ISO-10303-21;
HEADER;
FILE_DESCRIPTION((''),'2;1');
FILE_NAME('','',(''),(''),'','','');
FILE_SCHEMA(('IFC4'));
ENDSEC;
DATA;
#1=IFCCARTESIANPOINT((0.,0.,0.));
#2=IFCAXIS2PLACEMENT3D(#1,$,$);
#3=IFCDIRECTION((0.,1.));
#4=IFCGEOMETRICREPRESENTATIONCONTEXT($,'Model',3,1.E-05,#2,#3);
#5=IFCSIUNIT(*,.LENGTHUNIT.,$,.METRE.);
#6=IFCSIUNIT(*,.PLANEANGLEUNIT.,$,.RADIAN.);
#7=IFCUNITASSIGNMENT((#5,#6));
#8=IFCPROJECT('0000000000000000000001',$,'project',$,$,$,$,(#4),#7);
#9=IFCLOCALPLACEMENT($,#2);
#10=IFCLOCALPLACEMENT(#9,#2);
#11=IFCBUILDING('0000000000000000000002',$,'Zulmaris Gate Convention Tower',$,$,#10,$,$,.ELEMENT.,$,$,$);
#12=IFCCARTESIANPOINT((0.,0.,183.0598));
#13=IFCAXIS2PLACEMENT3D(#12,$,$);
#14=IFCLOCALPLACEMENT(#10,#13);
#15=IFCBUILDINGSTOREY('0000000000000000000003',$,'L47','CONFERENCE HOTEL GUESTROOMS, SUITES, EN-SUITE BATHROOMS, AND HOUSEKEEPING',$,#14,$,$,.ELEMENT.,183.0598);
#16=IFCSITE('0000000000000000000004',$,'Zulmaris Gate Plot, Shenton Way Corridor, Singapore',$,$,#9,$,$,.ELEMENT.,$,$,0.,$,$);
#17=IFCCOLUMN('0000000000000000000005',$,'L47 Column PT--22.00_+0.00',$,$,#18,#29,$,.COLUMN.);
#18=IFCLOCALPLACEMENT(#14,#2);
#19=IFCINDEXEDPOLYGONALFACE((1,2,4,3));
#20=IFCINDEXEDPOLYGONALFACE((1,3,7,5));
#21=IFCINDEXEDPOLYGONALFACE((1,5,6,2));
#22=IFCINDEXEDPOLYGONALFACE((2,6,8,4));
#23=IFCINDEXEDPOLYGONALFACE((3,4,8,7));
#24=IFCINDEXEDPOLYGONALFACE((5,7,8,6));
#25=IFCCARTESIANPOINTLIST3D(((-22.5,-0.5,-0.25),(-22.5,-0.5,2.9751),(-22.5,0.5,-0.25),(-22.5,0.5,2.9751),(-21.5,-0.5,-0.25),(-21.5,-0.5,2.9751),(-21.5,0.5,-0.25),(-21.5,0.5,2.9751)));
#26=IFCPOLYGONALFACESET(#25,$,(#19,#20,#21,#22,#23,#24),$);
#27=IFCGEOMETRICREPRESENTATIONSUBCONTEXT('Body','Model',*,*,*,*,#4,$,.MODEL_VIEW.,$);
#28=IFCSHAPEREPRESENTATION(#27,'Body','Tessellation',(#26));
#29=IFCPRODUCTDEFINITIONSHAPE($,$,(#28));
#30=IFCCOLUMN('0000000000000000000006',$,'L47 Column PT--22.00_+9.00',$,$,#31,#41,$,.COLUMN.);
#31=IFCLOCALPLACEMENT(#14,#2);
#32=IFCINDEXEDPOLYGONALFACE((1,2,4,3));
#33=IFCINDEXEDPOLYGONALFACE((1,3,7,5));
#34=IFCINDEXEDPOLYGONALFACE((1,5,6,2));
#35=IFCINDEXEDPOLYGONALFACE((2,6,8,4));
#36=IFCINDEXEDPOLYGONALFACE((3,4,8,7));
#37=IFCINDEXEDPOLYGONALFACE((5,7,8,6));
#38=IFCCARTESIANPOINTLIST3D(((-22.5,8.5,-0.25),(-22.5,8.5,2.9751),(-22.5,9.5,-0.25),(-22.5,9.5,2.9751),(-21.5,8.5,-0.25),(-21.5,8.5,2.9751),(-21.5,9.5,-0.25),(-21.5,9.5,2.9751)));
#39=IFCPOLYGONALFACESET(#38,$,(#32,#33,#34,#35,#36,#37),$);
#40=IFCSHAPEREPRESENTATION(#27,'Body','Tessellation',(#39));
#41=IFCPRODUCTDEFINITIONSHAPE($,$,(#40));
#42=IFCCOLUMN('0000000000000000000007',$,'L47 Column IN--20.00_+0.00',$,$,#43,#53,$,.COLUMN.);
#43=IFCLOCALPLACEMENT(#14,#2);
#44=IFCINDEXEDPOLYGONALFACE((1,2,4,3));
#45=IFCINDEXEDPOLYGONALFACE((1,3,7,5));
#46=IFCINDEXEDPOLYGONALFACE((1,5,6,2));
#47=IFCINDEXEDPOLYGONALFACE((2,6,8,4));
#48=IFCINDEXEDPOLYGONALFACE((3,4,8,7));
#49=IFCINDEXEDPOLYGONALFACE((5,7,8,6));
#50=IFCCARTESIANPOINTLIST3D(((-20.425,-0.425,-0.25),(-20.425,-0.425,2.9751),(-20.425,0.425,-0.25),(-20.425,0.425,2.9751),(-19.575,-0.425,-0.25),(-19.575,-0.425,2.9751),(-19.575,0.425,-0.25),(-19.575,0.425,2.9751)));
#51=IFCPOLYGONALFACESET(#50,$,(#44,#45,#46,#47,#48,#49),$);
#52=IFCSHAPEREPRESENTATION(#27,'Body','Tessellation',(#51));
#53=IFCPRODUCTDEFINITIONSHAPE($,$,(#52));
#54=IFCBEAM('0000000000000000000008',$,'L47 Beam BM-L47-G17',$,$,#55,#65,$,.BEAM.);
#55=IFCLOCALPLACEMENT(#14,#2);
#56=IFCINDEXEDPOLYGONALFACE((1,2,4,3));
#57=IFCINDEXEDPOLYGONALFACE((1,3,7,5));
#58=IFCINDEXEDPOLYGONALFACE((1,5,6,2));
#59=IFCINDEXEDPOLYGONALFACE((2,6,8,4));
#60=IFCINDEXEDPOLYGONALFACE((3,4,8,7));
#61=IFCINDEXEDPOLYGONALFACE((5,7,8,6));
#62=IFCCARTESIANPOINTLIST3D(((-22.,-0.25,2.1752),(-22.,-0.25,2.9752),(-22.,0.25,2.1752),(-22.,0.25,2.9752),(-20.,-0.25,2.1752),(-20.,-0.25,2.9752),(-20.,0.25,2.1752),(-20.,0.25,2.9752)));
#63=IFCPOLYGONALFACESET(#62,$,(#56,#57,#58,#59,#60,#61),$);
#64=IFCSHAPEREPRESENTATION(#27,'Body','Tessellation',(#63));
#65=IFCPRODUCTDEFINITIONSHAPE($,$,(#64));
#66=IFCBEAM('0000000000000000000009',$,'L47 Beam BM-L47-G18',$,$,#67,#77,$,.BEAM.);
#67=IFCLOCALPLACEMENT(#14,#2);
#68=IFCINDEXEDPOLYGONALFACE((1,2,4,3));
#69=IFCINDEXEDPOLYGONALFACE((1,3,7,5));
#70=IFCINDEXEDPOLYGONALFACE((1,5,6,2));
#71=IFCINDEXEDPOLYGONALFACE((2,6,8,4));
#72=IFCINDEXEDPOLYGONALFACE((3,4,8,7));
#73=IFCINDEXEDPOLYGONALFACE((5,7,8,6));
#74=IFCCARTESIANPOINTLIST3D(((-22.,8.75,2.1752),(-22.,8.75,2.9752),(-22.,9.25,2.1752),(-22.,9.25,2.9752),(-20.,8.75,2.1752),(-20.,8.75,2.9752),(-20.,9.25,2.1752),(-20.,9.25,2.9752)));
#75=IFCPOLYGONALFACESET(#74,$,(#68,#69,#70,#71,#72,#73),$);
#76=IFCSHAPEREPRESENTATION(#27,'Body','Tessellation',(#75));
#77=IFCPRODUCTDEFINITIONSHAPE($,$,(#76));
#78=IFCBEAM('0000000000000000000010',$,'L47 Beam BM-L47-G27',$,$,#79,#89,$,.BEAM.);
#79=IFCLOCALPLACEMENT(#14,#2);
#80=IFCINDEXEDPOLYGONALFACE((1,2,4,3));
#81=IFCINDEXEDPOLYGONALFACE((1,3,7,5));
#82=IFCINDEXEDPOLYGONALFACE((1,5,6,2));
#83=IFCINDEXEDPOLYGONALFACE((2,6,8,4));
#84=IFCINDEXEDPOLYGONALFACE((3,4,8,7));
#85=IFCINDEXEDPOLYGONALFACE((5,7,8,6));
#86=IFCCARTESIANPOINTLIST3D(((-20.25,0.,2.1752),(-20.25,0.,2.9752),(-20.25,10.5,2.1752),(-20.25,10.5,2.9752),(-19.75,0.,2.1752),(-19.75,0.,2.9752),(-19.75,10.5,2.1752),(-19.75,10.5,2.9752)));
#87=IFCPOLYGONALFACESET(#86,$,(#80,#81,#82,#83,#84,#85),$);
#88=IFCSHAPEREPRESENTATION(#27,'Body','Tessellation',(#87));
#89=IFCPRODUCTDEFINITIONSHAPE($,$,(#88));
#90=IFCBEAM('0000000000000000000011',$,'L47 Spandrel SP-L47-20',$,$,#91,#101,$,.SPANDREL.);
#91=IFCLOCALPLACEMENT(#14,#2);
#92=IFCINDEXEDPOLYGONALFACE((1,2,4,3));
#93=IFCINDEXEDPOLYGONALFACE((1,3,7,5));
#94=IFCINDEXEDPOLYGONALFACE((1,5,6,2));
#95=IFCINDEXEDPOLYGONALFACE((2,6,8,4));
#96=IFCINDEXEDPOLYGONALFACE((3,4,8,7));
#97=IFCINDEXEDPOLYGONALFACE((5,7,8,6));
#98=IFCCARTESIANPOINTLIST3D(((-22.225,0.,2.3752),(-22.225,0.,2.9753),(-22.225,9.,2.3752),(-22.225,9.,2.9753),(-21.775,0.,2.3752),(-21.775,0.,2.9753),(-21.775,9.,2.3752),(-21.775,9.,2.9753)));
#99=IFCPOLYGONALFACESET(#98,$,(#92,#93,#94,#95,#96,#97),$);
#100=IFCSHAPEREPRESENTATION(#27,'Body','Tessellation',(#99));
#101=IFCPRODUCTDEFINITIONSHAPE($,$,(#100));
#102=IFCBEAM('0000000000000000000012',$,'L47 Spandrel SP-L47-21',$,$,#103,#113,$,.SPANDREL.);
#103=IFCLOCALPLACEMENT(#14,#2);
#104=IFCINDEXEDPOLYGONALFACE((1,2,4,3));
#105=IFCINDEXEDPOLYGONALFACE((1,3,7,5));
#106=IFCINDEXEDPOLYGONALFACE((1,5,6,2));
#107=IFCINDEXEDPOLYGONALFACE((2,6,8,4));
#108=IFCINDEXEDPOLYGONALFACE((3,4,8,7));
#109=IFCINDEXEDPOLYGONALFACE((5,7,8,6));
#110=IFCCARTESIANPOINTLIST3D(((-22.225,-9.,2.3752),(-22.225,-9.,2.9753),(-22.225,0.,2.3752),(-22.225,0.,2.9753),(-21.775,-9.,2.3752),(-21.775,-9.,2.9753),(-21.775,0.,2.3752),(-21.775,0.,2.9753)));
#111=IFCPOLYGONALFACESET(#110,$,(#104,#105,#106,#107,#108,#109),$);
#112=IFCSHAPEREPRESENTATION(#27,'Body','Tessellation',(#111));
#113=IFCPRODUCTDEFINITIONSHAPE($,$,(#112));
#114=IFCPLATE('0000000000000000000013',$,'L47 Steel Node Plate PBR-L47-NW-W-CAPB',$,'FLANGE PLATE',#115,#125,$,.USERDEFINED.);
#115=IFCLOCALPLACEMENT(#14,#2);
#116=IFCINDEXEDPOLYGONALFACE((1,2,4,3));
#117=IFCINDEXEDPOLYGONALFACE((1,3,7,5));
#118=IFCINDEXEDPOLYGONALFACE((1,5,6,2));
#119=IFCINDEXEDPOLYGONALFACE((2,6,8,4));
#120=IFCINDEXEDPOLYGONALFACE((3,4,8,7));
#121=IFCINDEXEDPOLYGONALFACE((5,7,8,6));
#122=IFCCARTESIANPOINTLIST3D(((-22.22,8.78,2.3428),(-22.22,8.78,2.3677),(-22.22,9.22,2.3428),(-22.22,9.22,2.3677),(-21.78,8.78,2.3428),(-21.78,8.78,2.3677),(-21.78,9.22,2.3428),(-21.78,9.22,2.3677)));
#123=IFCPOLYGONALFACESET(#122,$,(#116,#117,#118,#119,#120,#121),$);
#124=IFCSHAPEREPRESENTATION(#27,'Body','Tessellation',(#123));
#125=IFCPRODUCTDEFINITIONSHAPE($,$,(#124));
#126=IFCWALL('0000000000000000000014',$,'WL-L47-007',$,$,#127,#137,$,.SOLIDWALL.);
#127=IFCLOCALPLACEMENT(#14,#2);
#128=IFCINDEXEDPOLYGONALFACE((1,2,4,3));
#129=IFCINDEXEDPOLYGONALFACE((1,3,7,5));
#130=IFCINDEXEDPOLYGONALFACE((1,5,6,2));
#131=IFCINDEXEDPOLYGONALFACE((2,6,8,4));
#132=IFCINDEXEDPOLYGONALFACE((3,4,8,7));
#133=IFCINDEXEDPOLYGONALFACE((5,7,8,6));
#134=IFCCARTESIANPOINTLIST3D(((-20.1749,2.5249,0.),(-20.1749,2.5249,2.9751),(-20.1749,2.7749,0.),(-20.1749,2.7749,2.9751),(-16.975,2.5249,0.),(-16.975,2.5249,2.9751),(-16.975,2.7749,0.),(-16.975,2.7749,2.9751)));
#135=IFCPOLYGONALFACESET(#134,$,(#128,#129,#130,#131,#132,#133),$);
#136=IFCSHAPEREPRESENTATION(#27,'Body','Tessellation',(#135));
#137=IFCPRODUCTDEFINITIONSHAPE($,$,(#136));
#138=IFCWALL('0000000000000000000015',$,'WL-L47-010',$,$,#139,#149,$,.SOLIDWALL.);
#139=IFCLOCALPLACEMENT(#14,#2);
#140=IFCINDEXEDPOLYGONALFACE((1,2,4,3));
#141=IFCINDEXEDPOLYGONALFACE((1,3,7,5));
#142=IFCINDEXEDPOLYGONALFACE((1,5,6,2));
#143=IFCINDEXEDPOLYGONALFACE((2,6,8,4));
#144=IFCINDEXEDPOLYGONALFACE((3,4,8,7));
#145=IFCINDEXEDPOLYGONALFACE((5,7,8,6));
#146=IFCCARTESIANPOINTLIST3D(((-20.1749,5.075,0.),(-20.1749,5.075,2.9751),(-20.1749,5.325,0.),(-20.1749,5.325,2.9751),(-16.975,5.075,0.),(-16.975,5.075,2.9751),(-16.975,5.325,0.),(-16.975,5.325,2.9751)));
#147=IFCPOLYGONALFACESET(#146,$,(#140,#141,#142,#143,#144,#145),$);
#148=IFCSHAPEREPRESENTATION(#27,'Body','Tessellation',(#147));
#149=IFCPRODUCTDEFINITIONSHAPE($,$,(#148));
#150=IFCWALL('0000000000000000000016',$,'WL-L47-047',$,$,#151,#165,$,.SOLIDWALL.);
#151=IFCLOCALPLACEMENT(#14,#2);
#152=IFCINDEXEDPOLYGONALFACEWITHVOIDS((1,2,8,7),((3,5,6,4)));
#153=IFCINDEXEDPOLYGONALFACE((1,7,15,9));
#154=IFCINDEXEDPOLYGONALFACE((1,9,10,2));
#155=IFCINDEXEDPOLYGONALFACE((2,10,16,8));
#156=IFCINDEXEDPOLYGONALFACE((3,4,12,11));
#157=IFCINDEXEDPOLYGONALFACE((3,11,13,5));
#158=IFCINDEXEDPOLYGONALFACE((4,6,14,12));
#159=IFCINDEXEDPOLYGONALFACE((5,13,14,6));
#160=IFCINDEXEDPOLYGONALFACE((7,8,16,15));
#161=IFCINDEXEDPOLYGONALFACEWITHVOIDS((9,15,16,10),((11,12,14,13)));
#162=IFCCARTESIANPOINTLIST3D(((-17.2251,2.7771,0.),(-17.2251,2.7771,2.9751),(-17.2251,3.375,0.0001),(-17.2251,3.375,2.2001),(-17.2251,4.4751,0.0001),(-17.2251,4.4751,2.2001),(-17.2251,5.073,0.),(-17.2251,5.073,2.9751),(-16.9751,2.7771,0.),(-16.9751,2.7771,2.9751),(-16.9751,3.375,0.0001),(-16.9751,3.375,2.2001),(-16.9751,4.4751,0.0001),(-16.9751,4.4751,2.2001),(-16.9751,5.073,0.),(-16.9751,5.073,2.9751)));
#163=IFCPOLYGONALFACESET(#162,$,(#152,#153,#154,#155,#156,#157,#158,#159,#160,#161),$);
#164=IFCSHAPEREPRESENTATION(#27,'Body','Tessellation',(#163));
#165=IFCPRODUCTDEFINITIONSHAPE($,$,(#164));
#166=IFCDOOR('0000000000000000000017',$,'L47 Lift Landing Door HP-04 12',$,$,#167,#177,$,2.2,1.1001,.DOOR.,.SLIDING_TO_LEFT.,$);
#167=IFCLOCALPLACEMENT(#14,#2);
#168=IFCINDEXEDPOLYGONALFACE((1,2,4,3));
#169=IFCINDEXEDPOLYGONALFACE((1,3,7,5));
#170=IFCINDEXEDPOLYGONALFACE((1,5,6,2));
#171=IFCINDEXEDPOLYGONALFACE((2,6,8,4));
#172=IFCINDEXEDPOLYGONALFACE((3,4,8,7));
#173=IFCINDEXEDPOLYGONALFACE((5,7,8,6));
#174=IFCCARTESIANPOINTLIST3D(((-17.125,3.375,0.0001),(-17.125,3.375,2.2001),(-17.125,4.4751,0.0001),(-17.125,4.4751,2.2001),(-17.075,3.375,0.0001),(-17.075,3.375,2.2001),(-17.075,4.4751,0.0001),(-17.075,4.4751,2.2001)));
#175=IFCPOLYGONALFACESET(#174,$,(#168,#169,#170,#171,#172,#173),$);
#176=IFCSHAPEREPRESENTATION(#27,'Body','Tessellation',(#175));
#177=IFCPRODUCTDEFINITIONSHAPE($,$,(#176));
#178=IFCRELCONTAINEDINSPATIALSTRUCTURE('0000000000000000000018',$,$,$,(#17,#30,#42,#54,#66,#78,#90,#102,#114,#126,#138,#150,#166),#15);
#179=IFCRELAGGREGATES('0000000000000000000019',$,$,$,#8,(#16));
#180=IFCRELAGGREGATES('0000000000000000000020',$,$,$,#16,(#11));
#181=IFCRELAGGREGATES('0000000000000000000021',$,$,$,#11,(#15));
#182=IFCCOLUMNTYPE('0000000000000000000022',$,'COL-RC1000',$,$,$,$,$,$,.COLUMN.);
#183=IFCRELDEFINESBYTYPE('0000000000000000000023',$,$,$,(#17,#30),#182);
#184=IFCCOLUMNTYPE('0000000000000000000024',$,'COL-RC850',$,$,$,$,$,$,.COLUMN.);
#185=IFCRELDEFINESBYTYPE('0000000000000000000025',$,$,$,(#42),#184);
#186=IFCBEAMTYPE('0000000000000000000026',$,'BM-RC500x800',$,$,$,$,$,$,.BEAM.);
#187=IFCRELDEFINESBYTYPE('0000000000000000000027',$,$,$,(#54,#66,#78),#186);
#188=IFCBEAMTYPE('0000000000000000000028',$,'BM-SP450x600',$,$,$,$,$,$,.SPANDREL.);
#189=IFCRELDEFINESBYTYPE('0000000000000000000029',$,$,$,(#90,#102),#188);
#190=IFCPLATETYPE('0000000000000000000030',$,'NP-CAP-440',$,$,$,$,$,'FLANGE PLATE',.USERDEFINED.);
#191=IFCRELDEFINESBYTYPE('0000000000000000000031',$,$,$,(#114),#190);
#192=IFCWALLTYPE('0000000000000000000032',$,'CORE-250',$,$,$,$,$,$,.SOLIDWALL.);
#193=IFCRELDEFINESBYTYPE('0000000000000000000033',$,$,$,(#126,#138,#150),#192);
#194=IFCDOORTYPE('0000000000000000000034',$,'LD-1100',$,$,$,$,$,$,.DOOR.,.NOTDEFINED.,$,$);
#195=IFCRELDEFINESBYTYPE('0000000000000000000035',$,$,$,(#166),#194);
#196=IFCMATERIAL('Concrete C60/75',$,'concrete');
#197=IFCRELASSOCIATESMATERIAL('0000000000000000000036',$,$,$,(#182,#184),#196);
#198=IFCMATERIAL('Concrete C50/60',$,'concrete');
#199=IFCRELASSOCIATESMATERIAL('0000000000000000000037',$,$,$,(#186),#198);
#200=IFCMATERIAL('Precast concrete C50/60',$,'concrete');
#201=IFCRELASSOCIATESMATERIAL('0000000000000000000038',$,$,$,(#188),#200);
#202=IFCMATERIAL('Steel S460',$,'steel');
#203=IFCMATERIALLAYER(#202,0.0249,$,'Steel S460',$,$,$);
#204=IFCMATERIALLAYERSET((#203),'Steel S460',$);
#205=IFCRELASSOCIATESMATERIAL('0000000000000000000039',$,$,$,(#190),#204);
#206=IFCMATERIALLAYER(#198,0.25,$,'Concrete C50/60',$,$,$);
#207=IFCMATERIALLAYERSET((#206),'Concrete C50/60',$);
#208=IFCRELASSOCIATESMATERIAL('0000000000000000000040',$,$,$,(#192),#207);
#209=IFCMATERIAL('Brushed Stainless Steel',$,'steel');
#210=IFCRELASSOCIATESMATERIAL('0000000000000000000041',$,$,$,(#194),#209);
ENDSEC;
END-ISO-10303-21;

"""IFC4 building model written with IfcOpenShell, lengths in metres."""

from ifc_helpers import new_model, si_unit, direction, frame, frame_2d, origin, origin_2d, place, context, subcontext, project, spatial, rectangle, extrude, material, layer, layer_set, material_profile, profile_set, type_object, element, fill, save


model = new_model("IFC4")

# Units and contexts
model_context = context("Model", 3, precision=1e-05, world=origin(), true_north=direction((0.0, 1.0)))
body_context = subcontext(model_context, "Body", "Model", "MODEL_VIEW")
ifc_project = project(units=[si_unit("LENGTHUNIT", "METRE"), si_unit("PLANEANGLEUNIT", "RADIAN")], contexts=[model_context])

# Site, building, storey
site_placement = place(None, origin())
site = spatial("IfcSite", under=ifc_project, at=site_placement, Name="Zulmaris Gate Plot, Shenton Way Corridor, Singapore", CompositionType="ELEMENT", RefElevation=0.0)
building_placement = place(site_placement, origin())
building = spatial("IfcBuilding", under=site, at=building_placement, Name="Zulmaris Gate Convention Tower", CompositionType="ELEMENT")
storey_placement = place(building_placement, frame((0.0, 0.0, 183.0598)))
storey = spatial("IfcBuildingStorey", under=building, at=storey_placement, Name="L47", Description="CONFERENCE HOTEL GUESTROOMS, SUITES, EN-SUITE BATHROOMS, AND HOUSEKEEPING", CompositionType="ELEMENT", Elevation=183.0598)

# Columns
ifc_material_1 = material(Name="Concrete C60/75", Category="concrete")
ifc_material_profile_1 = material_profile(ifc_material_1, rectangle(XDim=1.0, YDim=1.0, at=origin_2d()), Name="RC COL 1000x1000")
ifc_profile_set_1 = profile_set([ifc_material_profile_1], Name="Concrete C60/75")
column_type_1 = type_object("IfcColumnType", Name="COL-RC1000", PredefinedType="COLUMN", material=ifc_profile_set_1)
for number, where, z_axis, x_axis, name in (
    (1, (-22.0, 0.0, -0.25), (0.0, 0.0, 1.0), (1.0, 0.0, 0.0), "L47 Column PT--22.00_+0.00"),
    (2, (-22.0, 9.0, -0.25), (0.0, 0.0, 1.0), (1.0, 0.0, 0.0), "L47 Column PT--22.00_+9.00"),
):
    element("IfcColumn", number, at=place(storey_placement, frame(where, z_axis=z_axis, x_axis=x_axis)), inside=storey, type_object=column_type_1, Name=name, PredefinedType="COLUMN", context=body_context, shape_type="SweptSolid", body=[
        extrude(rectangle(XDim=1.0, YDim=1.0, at=origin_2d()), origin(), (0.0, 0.0, 1.0), 3.2251),
    ])
ifc_material_profile_2 = material_profile(ifc_material_1, rectangle(XDim=0.8501, YDim=0.8501, at=origin_2d()), Name="RC COL 850x850")
ifc_profile_set_2 = profile_set([ifc_material_profile_2], Name="Concrete C60/75")
column_type_2 = type_object("IfcColumnType", Name="COL-RC850", PredefinedType="COLUMN", material=ifc_profile_set_2)
column_placement = place(storey_placement, frame((-20.0, 0.0, -0.25), z_axis=(0.0, 0.0, 1.0), x_axis=(1.0, 0.0, 0.0)))
element("IfcColumn", 3, at=column_placement, inside=storey, type_object=column_type_2, Name="L47 Column IN--20.00_+0.00", PredefinedType="COLUMN", context=body_context, shape_type="SweptSolid", body=[
    extrude(rectangle(XDim=0.8501, YDim=0.8501, at=origin_2d()), origin(), (0.0, 0.0, 1.0), 3.2251),
])

# Beams
ifc_material_2 = material(Name="Concrete C50/60", Category="concrete")
ifc_material_profile_3 = material_profile(ifc_material_2, rectangle(XDim=0.5, YDim=0.8, at=origin_2d()), Name="RC BEAM 500x800")
ifc_profile_set_3 = profile_set([ifc_material_profile_3], Name="Concrete C50/60")
beam_type_1 = type_object("IfcBeamType", Name="BM-RC500x800", PredefinedType="BEAM", material=ifc_profile_set_3)
for number, where, z_axis, x_axis, name in (
    (4, (-22.0, 0.0, 2.5752), (1.0, 0.0, 0.0), (0.0, 1.0, 0.0), "L47 Beam BM-L47-G17"),
    (5, (-22.0, 9.0, 2.5752), (1.0, 0.0, 0.0), (0.0, 1.0, 0.0), "L47 Beam BM-L47-G18"),
):
    element("IfcBeam", number, at=place(storey_placement, frame(where, z_axis=z_axis, x_axis=x_axis)), inside=storey, type_object=beam_type_1, Name=name, PredefinedType="BEAM", context=body_context, shape_type="SweptSolid", body=[
        extrude(rectangle(XDim=0.5, YDim=0.8, at=origin_2d()), origin(), (0.0, 0.0, 1.0), 2.0),
    ])
beam_placement = place(storey_placement, frame((-20.0, 0.0, 2.5752), z_axis=(0.0, 1.0, 0.0), x_axis=(-1.0, 0.0, 0.0)))
element("IfcBeam", 6, at=beam_placement, inside=storey, type_object=beam_type_1, Name="L47 Beam BM-L47-G27", PredefinedType="BEAM", context=body_context, shape_type="SweptSolid", body=[
    extrude(rectangle(XDim=0.5, YDim=0.8, at=origin_2d()), origin(), (0.0, 0.0, 1.0), 10.5),
])
ifc_material_3 = material(Name="Precast concrete C50/60", Category="concrete")
ifc_material_profile_4 = material_profile(ifc_material_3, rectangle(XDim=0.45, YDim=0.6001, at=origin_2d()), Name="RC SPANDREL 450x600")
ifc_profile_set_4 = profile_set([ifc_material_profile_4], Name="Precast concrete C50/60")
beam_type_2 = type_object("IfcBeamType", Name="BM-SP450x600", PredefinedType="SPANDREL", material=ifc_profile_set_4)
for number, where, z_axis, x_axis, name in (
    (7, (-22.0, 9.0, 2.6753), (0.0, -1.0, 0.0), (1.0, 0.0, 0.0), "L47 Spandrel SP-L47-20"),
    (8, (-22.0, 0.0, 2.6753), (0.0, -1.0, 0.0), (1.0, 0.0, 0.0), "L47 Spandrel SP-L47-21"),
):
    element("IfcBeam", number, at=place(storey_placement, frame(where, z_axis=z_axis, x_axis=x_axis)), inside=storey, type_object=beam_type_2, Name=name, PredefinedType="SPANDREL", context=body_context, shape_type="SweptSolid", body=[
        extrude(rectangle(XDim=0.45, YDim=0.6001, at=origin_2d()), origin(), (0.0, 0.0, 1.0), 9.0),
    ])

# Plate
ifc_material_4 = material(Name="Steel S460", Category="steel")
ifc_layer_1 = layer(ifc_material_4, 0.0249, Name="Steel S460")
ifc_layer_set_1 = layer_set([ifc_layer_1], Name="Steel S460")
plate_type = type_object("IfcPlateType", Name="NP-CAP-440", ElementType="FLANGE PLATE", PredefinedType="USERDEFINED", material=ifc_layer_set_1)
plate_placement = place(storey_placement, frame((-22.0, 9.0, 2.3428), z_axis=(0.0, 0.0, 1.0), x_axis=(1.0, 0.0, 0.0)))
element("IfcPlate", 9, at=plate_placement, inside=storey, type_object=plate_type, Name="L47 Steel Node Plate PBR-L47-NW-W-CAPB", ObjectType="FLANGE PLATE", PredefinedType="USERDEFINED", context=body_context, shape_type="SweptSolid", body=[
    extrude(rectangle(XDim=0.4399, YDim=0.4399, at=origin_2d()), origin(), (0.0, 0.0, 1.0), 0.0249),
])

# Walls
ifc_layer_2 = layer(ifc_material_2, 0.25, Name="Concrete C50/60")
ifc_layer_set_2 = layer_set([ifc_layer_2], Name="Concrete C50/60")
wall_type_1 = type_object("IfcWallType", Name="CORE-250", PredefinedType="SOLIDWALL", material=ifc_layer_set_2)
for number, where, z_axis, x_axis, name in (
    (10, (-20.175, 2.6499, 0.0), (0.0, 0.0, 1.0), (1.0, 0.0, 0.0), "WL-L47-007"),
    (11, (-20.175, 5.2, 0.0), (0.0, 0.0, 1.0), (1.0, 0.0, 0.0), "WL-L47-010"),
):
    element("IfcWall", number, at=place(storey_placement, frame(where, z_axis=z_axis, x_axis=x_axis)), inside=storey, type_object=wall_type_1, Name=name, PredefinedType="SOLIDWALL", context=body_context, shape_type="SweptSolid", body=[
        extrude(rectangle(XDim=3.2, YDim=0.25, at=frame_2d((1.6001, 0.0))), origin(), (0.0, 0.0, 1.0), 2.9751),
    ])

# Wall, opening, door
wall_1_placement = place(storey_placement, frame((-17.1001, 2.7771, 0.0), z_axis=(0.0, 0.0, 1.0), x_axis=(0.0, 1.0, 0.0)))
wall_1 = element("IfcWall", 12, at=wall_1_placement, inside=storey, type_object=wall_type_1, Name="WL-L47-047", PredefinedType="SOLIDWALL", context=body_context, shape_type="SweptSolid", body=[
    extrude(rectangle(XDim=2.2959, YDim=0.25, at=frame_2d((1.1479, 0.0))), origin(), (0.0, 0.0, 1.0), 2.9751),
])
opening_1_placement = place(wall_1_placement, frame((0.5979, 0.0, 0.0)))
opening_1 = element("IfcOpeningElement", 13, at=opening_1_placement, cuts=wall_1, PredefinedType="OPENING", context=body_context, shape_type="SweptSolid", body=[
    extrude(rectangle(XDim=1.1001, YDim=2.2, at=frame_2d((0.55, 1.1001))), frame((0.0, 0.135, 0.0), z_axis=(0.0, -1.0, 0.0), x_axis=(1.0, 0.0, 0.0)), (0.0, 0.0, 1.0), 0.27),
])
ifc_material_5 = material(Name="Brushed Stainless Steel", Category="steel")
door_type_1 = type_object("IfcDoorType", Name="LD-1100", OperationType="NOTDEFINED", PredefinedType="DOOR", material=ifc_material_5)
door_1_placement = place(opening_1_placement, origin())
door_1 = element("IfcDoor", 14, at=door_1_placement, inside=storey, type_object=door_type_1, Name="L47 Lift Landing Door HP-04 12", OperationType="SLIDING_TO_LEFT", OverallHeight=2.2, OverallWidth=1.1001, PredefinedType="DOOR", context=body_context, shape_type="SweptSolid", body=[
    extrude(rectangle(XDim=1.1001, YDim=2.2, at=frame_2d((0.55, 1.1001))), frame((0.0, 0.0249, 0.0), z_axis=(0.0, -1.0, 0.0), x_axis=(1.0, 0.0, 0.0)), (0.0, 0.0, 1.0), 0.05),
])
fill(opening_1, door_1)

save(model, "model.ifc")
